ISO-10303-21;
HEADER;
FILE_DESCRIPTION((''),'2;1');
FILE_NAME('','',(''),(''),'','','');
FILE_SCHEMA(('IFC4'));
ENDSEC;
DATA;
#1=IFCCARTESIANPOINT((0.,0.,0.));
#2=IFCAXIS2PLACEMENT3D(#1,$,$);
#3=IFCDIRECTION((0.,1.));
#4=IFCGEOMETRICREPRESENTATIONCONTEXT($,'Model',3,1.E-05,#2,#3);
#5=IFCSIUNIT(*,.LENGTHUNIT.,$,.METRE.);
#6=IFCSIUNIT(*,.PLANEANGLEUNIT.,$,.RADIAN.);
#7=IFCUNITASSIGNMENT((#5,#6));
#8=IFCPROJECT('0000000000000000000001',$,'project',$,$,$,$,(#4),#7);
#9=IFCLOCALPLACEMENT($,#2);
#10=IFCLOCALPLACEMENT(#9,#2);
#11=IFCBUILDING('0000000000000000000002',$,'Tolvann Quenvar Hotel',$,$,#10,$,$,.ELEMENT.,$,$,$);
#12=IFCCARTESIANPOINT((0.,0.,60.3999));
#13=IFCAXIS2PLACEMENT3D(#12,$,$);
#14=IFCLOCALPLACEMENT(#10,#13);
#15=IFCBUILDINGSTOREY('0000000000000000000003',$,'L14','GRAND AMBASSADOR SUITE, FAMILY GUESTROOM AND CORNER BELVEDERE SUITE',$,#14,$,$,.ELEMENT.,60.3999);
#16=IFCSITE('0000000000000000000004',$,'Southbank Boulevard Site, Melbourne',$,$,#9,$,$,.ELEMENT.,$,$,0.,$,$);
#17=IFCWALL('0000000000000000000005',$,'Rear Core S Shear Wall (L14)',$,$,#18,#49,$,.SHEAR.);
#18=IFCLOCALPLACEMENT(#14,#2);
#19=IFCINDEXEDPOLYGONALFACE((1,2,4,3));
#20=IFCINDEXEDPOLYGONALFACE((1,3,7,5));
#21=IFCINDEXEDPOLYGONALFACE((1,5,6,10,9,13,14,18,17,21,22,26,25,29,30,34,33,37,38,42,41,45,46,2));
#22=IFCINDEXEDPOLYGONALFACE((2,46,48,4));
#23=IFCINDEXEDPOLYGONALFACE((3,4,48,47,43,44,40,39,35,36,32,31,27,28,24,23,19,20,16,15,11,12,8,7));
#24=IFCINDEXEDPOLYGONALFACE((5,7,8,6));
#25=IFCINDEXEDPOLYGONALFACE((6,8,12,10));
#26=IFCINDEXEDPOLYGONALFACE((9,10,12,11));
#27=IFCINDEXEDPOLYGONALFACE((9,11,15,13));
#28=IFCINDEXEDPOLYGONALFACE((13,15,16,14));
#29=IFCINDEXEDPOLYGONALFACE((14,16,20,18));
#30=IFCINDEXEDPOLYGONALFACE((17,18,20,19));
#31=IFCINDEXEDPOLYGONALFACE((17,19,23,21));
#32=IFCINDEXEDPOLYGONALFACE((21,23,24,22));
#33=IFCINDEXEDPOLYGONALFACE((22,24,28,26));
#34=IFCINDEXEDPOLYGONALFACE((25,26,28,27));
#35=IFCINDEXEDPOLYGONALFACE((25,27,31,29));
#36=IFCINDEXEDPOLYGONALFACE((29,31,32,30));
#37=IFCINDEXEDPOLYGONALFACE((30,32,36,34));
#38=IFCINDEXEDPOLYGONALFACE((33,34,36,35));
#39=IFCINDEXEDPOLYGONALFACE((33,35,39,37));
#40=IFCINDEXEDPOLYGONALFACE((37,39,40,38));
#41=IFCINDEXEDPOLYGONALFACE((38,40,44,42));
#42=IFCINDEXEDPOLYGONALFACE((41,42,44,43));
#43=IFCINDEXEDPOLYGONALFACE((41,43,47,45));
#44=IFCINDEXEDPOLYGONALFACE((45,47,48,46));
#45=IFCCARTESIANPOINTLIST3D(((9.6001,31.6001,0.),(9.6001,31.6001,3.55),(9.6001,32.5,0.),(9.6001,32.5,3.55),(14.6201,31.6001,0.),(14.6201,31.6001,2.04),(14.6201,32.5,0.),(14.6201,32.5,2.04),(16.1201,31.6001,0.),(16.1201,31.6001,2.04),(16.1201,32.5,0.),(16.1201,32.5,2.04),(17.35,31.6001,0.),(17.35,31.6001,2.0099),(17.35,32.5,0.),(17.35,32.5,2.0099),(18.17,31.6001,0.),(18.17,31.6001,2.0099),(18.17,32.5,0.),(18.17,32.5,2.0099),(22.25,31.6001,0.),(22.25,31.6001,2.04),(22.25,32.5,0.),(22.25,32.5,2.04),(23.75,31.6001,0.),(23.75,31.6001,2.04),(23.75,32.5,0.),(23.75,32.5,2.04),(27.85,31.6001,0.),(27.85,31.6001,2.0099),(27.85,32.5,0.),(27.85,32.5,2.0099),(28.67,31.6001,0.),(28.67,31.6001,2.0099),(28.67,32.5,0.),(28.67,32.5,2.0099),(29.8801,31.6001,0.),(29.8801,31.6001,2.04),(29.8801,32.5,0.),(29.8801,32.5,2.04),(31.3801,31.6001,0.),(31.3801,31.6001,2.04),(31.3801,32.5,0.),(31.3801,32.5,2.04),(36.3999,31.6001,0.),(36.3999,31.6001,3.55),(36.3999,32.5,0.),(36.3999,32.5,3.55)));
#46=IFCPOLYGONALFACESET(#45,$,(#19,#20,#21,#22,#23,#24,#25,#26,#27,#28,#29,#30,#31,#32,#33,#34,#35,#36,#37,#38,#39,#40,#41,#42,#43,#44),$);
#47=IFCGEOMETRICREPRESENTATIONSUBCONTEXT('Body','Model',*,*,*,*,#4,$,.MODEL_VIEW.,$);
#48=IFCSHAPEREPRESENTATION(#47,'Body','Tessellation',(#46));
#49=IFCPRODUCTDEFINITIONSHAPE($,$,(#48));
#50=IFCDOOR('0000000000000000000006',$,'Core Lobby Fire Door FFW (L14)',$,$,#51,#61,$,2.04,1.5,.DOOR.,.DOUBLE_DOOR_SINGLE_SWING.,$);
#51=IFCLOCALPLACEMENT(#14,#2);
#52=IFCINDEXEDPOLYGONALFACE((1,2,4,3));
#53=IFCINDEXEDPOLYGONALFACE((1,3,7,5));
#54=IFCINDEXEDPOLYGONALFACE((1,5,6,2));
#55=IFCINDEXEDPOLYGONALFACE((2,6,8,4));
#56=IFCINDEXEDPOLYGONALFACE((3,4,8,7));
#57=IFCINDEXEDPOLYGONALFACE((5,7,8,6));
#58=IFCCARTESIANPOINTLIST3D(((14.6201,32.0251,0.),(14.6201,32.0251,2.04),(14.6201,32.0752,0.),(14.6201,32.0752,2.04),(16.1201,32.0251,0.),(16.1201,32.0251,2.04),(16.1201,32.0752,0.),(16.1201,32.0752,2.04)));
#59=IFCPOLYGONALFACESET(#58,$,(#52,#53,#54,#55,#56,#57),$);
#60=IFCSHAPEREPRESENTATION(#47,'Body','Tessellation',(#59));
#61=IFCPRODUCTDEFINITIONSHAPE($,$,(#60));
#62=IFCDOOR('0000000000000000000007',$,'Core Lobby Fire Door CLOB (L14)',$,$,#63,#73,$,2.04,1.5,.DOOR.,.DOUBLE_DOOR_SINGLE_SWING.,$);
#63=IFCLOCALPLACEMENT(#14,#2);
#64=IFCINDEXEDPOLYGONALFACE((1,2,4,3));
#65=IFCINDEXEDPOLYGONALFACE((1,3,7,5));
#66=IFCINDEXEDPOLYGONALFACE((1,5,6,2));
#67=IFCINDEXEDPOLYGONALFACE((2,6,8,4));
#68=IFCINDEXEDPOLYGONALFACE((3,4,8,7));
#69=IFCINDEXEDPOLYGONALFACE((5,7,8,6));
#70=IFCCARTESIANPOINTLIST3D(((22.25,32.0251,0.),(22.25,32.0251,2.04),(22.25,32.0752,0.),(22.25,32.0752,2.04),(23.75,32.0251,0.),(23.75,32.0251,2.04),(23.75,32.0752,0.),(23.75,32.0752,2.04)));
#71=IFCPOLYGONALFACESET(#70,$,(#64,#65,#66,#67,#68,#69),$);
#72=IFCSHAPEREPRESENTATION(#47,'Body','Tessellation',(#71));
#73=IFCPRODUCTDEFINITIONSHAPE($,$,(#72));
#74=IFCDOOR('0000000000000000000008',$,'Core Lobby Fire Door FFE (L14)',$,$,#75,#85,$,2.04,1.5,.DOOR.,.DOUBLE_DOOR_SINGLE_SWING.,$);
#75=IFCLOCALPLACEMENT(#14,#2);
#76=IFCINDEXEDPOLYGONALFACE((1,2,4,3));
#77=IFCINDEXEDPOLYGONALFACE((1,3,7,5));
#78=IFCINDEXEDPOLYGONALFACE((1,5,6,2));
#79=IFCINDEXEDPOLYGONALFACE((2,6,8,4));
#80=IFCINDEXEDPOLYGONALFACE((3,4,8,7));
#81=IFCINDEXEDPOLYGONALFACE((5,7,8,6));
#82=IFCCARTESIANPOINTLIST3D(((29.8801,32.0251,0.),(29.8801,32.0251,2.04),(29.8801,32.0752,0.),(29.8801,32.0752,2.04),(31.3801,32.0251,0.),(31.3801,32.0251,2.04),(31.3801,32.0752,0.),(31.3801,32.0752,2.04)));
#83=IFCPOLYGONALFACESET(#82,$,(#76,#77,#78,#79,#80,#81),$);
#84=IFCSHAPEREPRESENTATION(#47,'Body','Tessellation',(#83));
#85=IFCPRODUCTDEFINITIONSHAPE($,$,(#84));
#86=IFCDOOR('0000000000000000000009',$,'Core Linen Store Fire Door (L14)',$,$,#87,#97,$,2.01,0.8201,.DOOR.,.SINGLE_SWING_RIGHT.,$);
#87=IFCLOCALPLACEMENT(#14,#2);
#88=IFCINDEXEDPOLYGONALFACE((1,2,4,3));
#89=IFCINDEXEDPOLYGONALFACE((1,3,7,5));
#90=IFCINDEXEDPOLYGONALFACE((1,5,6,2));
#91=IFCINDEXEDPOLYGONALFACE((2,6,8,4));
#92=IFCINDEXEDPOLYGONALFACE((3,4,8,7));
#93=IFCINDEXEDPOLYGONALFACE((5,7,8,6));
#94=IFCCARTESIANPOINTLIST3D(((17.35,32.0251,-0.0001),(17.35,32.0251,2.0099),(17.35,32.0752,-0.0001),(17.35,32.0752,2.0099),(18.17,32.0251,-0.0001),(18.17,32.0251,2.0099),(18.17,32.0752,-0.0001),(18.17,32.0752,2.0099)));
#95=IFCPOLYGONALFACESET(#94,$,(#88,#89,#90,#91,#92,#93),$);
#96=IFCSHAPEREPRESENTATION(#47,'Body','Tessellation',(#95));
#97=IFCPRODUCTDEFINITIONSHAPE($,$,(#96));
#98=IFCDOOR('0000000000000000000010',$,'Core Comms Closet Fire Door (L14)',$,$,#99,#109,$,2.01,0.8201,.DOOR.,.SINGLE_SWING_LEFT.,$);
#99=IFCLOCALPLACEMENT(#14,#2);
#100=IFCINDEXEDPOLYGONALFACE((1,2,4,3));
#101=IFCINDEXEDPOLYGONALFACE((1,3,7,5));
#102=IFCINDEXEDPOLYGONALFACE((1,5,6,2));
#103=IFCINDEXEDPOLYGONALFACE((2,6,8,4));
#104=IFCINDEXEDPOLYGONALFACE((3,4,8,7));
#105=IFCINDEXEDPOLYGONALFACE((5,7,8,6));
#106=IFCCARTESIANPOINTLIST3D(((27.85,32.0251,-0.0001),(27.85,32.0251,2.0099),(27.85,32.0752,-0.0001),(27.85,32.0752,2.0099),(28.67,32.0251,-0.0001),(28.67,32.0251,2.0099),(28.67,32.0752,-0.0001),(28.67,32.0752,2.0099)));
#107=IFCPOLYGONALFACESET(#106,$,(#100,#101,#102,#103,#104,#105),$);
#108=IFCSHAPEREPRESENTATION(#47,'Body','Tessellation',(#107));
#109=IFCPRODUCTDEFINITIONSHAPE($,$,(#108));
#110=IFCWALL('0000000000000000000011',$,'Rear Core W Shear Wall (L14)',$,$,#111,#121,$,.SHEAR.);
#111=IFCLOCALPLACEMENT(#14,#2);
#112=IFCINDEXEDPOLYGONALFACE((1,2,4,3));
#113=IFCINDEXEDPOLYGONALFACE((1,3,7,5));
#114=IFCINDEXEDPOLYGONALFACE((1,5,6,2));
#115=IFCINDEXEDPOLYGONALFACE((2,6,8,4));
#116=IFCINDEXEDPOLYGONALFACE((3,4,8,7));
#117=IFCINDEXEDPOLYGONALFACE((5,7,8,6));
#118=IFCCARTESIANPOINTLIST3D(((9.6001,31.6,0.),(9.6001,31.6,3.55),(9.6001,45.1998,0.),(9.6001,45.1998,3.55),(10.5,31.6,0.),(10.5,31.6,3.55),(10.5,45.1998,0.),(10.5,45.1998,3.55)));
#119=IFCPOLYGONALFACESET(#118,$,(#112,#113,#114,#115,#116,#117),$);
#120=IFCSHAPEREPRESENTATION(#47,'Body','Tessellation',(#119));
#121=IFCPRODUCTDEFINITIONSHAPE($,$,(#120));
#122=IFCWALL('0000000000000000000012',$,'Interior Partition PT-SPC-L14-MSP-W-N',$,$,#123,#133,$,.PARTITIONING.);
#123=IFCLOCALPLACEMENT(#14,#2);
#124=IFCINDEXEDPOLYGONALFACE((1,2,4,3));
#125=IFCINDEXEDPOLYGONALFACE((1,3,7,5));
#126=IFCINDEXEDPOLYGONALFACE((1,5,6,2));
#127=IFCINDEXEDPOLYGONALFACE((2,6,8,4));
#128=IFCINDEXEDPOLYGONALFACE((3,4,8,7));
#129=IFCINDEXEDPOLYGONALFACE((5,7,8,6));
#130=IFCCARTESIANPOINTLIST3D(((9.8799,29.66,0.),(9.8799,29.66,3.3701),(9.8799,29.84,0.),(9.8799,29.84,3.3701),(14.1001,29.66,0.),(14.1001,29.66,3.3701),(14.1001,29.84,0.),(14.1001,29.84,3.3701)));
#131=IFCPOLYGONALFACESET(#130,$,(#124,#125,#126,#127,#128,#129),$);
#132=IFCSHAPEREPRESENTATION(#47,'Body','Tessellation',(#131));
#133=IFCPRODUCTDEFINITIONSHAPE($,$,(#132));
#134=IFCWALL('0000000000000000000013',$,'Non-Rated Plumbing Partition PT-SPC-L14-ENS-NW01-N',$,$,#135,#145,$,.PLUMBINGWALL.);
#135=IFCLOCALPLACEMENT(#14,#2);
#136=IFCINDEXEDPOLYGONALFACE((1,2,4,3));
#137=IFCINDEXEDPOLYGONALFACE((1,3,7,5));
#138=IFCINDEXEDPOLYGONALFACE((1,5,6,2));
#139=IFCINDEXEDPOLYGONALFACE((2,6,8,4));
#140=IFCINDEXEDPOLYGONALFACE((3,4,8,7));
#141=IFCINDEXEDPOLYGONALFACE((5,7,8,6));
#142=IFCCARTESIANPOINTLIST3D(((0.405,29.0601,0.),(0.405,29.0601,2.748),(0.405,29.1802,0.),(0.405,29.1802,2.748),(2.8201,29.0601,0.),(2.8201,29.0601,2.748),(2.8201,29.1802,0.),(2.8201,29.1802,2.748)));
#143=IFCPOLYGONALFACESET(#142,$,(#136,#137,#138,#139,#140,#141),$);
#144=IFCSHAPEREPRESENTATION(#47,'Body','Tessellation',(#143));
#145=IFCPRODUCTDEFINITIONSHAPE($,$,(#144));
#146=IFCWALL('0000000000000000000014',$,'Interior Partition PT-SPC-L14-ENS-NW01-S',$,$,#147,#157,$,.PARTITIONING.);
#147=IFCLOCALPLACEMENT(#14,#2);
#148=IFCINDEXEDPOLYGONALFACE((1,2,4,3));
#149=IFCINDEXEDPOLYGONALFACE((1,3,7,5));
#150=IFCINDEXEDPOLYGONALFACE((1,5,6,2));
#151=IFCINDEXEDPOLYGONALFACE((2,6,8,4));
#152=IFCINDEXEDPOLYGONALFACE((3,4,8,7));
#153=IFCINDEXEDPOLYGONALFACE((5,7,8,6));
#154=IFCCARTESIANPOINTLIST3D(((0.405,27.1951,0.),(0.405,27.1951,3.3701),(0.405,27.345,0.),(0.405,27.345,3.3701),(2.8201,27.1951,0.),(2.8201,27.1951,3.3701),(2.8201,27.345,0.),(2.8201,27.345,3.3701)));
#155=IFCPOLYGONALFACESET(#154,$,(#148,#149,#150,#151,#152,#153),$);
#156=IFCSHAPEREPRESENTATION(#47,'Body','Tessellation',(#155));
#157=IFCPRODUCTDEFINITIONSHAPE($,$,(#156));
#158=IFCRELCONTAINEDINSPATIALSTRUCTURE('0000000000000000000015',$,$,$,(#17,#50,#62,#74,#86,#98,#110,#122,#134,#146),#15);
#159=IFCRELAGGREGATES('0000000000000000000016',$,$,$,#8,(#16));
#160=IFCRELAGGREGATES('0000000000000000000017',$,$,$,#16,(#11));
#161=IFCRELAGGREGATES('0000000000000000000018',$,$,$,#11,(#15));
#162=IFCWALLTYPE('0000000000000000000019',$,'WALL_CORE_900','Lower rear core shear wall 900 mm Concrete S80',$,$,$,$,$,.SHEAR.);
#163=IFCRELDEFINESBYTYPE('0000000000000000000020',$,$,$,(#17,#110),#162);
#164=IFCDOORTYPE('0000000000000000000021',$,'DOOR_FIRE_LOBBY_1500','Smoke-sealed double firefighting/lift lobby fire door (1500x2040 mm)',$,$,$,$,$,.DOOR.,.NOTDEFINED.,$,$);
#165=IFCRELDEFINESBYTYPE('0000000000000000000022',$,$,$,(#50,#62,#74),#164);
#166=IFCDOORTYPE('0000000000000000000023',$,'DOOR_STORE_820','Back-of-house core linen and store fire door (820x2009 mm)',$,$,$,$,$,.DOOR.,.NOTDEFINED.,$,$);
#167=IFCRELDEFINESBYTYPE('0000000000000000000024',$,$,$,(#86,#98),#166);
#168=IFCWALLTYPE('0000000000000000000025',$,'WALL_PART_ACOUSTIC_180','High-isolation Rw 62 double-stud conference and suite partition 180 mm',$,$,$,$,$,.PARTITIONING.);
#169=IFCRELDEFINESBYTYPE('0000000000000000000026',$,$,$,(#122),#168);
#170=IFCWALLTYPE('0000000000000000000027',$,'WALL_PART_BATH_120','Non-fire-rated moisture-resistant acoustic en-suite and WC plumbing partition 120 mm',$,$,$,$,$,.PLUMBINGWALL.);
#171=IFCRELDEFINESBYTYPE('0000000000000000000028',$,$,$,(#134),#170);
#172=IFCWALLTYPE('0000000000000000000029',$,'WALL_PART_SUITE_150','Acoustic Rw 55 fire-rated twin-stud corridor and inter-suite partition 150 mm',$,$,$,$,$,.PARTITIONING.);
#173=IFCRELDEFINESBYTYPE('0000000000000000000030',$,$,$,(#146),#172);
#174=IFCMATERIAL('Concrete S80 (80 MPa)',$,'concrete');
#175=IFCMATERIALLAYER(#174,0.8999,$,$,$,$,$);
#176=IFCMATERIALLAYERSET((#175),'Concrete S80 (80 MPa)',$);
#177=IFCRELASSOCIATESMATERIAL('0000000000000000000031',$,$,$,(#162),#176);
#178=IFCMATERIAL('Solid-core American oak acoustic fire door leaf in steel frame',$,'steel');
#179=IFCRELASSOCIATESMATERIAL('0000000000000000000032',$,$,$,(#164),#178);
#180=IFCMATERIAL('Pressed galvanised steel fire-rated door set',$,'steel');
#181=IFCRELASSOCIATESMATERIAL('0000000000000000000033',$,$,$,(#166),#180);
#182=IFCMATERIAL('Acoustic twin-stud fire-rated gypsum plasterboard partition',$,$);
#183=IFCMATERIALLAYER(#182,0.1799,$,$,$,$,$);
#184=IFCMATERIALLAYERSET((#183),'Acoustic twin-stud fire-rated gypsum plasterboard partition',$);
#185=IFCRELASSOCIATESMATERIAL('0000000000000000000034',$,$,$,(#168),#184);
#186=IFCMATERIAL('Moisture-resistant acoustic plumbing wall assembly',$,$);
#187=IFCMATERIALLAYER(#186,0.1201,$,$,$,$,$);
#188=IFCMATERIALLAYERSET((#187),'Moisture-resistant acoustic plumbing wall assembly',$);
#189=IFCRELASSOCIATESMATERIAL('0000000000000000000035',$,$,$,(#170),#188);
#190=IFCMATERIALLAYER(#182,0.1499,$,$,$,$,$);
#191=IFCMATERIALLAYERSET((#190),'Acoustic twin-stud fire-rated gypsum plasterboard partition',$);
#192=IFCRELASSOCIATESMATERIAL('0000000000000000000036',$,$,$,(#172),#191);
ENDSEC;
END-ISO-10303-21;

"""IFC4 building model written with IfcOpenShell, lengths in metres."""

from ifc_helpers import new_model, si_unit, direction, frame, frame_2d, origin, place, context, subcontext, project, spatial, rectangle, extrude, source, transform, mapped, material, layer, layer_set, type_object, type_shapes, element, fill, save


model = new_model("IFC4")

# Units and contexts
model_context = context("Model", 3, precision=1e-05, world=origin(), true_north=direction((0.0, 1.0)))
body_context = subcontext(model_context, "Body", "Model", "MODEL_VIEW")
ifc_project = project(units=[si_unit("LENGTHUNIT", "METRE"), si_unit("PLANEANGLEUNIT", "RADIAN")], contexts=[model_context])

# Site, building, storey
site_placement = place(None, origin())
site = spatial("IfcSite", under=ifc_project, at=site_placement, Name="Southbank Boulevard Site, Melbourne", CompositionType="ELEMENT", RefElevation=0.0)
building_placement = place(site_placement, origin())
building = spatial("IfcBuilding", under=site, at=building_placement, Name="Tolvann Quenvar Hotel", CompositionType="ELEMENT")
storey_placement = place(building_placement, frame((0.0, 0.0, 60.3999)))
storey = spatial("IfcBuildingStorey", under=building, at=storey_placement, Name="L14", Description="GRAND AMBASSADOR SUITE, FAMILY GUESTROOM AND CORNER BELVEDERE SUITE", CompositionType="ELEMENT", Elevation=60.3999)

# Wall, openings, doors
ifc_material_1 = material(Name="Concrete S80 (80 MPa)", Category="concrete")
ifc_layer_1 = layer(ifc_material_1, 0.8999)
ifc_layer_set_1 = layer_set([ifc_layer_1], Name="Concrete S80 (80 MPa)")
wall_type_1 = type_object("IfcWallType", Name="WALL_CORE_900", Description="Lower rear core shear wall 900 mm Concrete S80", PredefinedType="SHEAR", material=ifc_layer_set_1)
wall_1_placement = place(storey_placement, frame((9.6001, 32.05, 0.0), z_axis=(0.0, 0.0, 1.0), x_axis=(1.0, 0.0, 0.0)))
wall_1 = element("IfcWall", 1, at=wall_1_placement, inside=storey, type_object=wall_type_1, Name="Rear Core S Shear Wall (L14)", PredefinedType="SHEAR", context=body_context, shape_type="SweptSolid", body=[
    extrude(rectangle(XDim=26.7998, YDim=0.8999, at=frame_2d((13.3999, 0.0))), origin(), (0.0, 0.0, 1.0), 3.55),
])
opening_1_placement = place(wall_1_placement, frame((6.52, 0.0, 0.0), z_axis=(0.0, 0.0, 1.0), x_axis=(-1.0, 0.0, 0.0)))
opening_1 = element("IfcOpeningElement", 2, at=opening_1_placement, cuts=wall_1, PredefinedType="OPENING", context=body_context, shape_type="SweptSolid", body=[
    extrude(rectangle(XDim=1.5, YDim=2.04, at=frame_2d((0.75, 1.02))), frame((0.0, 0.46, 0.0), z_axis=(0.0, -1.0, 0.0), x_axis=(1.0, 0.0, 0.0)), (0.0, 0.0, 1.0), 0.9199),
])
opening_2_placement = place(wall_1_placement, frame((14.1499, 0.0, 0.0), z_axis=(0.0, 0.0, 1.0), x_axis=(-1.0, 0.0, 0.0)))
opening_2 = element("IfcOpeningElement", 3, at=opening_2_placement, cuts=wall_1, PredefinedType="OPENING", context=body_context, shape_type="SweptSolid", body=[
    extrude(rectangle(XDim=1.5, YDim=2.04, at=frame_2d((0.75, 1.02))), frame((0.0, 0.46, 0.0), z_axis=(0.0, -1.0, 0.0), x_axis=(1.0, 0.0, 0.0)), (0.0, 0.0, 1.0), 0.9199),
])
opening_3_placement = place(wall_1_placement, frame((21.78, 0.0, 0.0), z_axis=(0.0, 0.0, 1.0), x_axis=(-1.0, 0.0, 0.0)))
opening_3 = element("IfcOpeningElement", 4, at=opening_3_placement, cuts=wall_1, PredefinedType="OPENING", context=body_context, shape_type="SweptSolid", body=[
    extrude(rectangle(XDim=1.5, YDim=2.04, at=frame_2d((0.75, 1.02))), frame((0.0, 0.46, 0.0), z_axis=(0.0, -1.0, 0.0), x_axis=(1.0, 0.0, 0.0)), (0.0, 0.0, 1.0), 0.9199),
])
opening_4_placement = place(wall_1_placement, frame((8.5701, 0.0, 0.0), z_axis=(0.0, 0.0, 1.0), x_axis=(-1.0, 0.0, 0.0)))
opening_4 = element("IfcOpeningElement", 5, at=opening_4_placement, cuts=wall_1, PredefinedType="OPENING", context=body_context, shape_type="SweptSolid", body=[
    extrude(rectangle(XDim=0.8201, YDim=2.01, at=frame_2d((0.4102, 1.0049))), frame((0.0, 0.46, 0.0), z_axis=(0.0, -1.0, 0.0), x_axis=(1.0, 0.0, 0.0)), (0.0, 0.0, 1.0), 0.9199),
])
opening_5_placement = place(wall_1_placement, frame((19.0701, 0.0, 0.0), z_axis=(0.0, 0.0, 1.0), x_axis=(-1.0, 0.0, 0.0)))
opening_5 = element("IfcOpeningElement", 6, at=opening_5_placement, cuts=wall_1, PredefinedType="OPENING", context=body_context, shape_type="SweptSolid", body=[
    extrude(rectangle(XDim=0.8201, YDim=2.01, at=frame_2d((0.4102, 1.0049))), frame((0.0, 0.46, 0.0), z_axis=(0.0, -1.0, 0.0), x_axis=(1.0, 0.0, 0.0)), (0.0, 0.0, 1.0), 0.9199),
])
ifc_material_2 = material(Name="Solid-core American oak acoustic fire door leaf in steel frame", Category="steel")
door_type_1 = type_object("IfcDoorType", Name="DOOR_FIRE_LOBBY_1500", Description="Smoke-sealed double firefighting/lift lobby fire door (1500x2040 mm)", OperationType="NOTDEFINED", PredefinedType="DOOR", material=ifc_material_2)
shared_shape_1 = source(origin(), body_context, "Body", "SweptSolid", [
    extrude(rectangle(XDim=1.5, YDim=2.04, at=frame_2d((0.75, 1.02))), frame((0.0, 0.0249, 0.0), z_axis=(0.0, -1.0, 0.0), x_axis=(1.0, 0.0, 0.0)), (0.0, 0.0, 1.0), 0.05),
])
type_shapes(door_type_1, [shared_shape_1])
door_1_placement = place(opening_1_placement, origin())
door_1 = element("IfcDoor", 7, at=door_1_placement, inside=storey, type_object=door_type_1, Name="Core Lobby Fire Door FFW (L14)", OperationType="DOUBLE_DOOR_SINGLE_SWING", OverallHeight=2.04, OverallWidth=1.5, PredefinedType="DOOR", context=body_context, shape_type="MappedRepresentation", body=[
    mapped(shared_shape_1, transform((0.0, 0.0, 0.0), x_axis=(1.0, 0.0, 0.0), y_axis=(0.0, 1.0, 0.0), z_axis=(0.0, 0.0, 1.0), scale=1.0)),
])
fill(opening_1, door_1)
door_2_placement = place(opening_2_placement, origin())
door_2 = element("IfcDoor", 8, at=door_2_placement, inside=storey, type_object=door_type_1, Name="Core Lobby Fire Door CLOB (L14)", OperationType="DOUBLE_DOOR_SINGLE_SWING", OverallHeight=2.04, OverallWidth=1.5, PredefinedType="DOOR", context=body_context, shape_type="MappedRepresentation", body=[
    mapped(shared_shape_1, transform((0.0, 0.0, 0.0), x_axis=(1.0, 0.0, 0.0), y_axis=(0.0, 1.0, 0.0), z_axis=(0.0, 0.0, 1.0), scale=1.0)),
])
fill(opening_2, door_2)
door_3_placement = place(opening_3_placement, origin())
door_3 = element("IfcDoor", 9, at=door_3_placement, inside=storey, type_object=door_type_1, Name="Core Lobby Fire Door FFE (L14)", OperationType="DOUBLE_DOOR_SINGLE_SWING", OverallHeight=2.04, OverallWidth=1.5, PredefinedType="DOOR", context=body_context, shape_type="MappedRepresentation", body=[
    mapped(shared_shape_1, transform((0.0, 0.0, 0.0), x_axis=(1.0, 0.0, 0.0), y_axis=(0.0, 1.0, 0.0), z_axis=(0.0, 0.0, 1.0), scale=1.0)),
])
fill(opening_3, door_3)
ifc_material_3 = material(Name="Pressed galvanised steel fire-rated door set", Category="steel")
door_type_2 = type_object("IfcDoorType", Name="DOOR_STORE_820", Description="Back-of-house core linen and store fire door (820x2009 mm)", OperationType="NOTDEFINED", PredefinedType="DOOR", material=ifc_material_3)
shared_shape_2 = source(origin(), body_context, "Body", "SweptSolid", [
    extrude(rectangle(XDim=0.8201, YDim=2.01, at=frame_2d((0.4102, 1.0049))), frame((0.0, 0.0249, 0.0), z_axis=(0.0, -1.0, 0.0), x_axis=(1.0, 0.0, 0.0)), (0.0, 0.0, 1.0), 0.05),
])
type_shapes(door_type_2, [shared_shape_2])
door_4_placement = place(opening_4_placement, origin())
door_4 = element("IfcDoor", 10, at=door_4_placement, inside=storey, type_object=door_type_2, Name="Core Linen Store Fire Door (L14)", OperationType="SINGLE_SWING_RIGHT", OverallHeight=2.01, OverallWidth=0.8201, PredefinedType="DOOR", context=body_context, shape_type="MappedRepresentation", body=[
    mapped(shared_shape_2, transform((0.0, 0.0, 0.0), x_axis=(1.0, 0.0, 0.0), y_axis=(0.0, 1.0, 0.0), z_axis=(0.0, 0.0, 1.0), scale=1.0)),
])
fill(opening_4, door_4)
door_5_placement = place(opening_5_placement, origin())
door_5 = element("IfcDoor", 11, at=door_5_placement, inside=storey, type_object=door_type_2, Name="Core Comms Closet Fire Door (L14)", OperationType="SINGLE_SWING_LEFT", OverallHeight=2.01, OverallWidth=0.8201, PredefinedType="DOOR", context=body_context, shape_type="MappedRepresentation", body=[
    mapped(shared_shape_2, transform((0.0, 0.0, 0.0), x_axis=(1.0, 0.0, 0.0), y_axis=(0.0, 1.0, 0.0), z_axis=(0.0, 0.0, 1.0), scale=1.0)),
])
fill(opening_5, door_5)

# Walls
wall_2_placement = place(storey_placement, frame((10.05, 31.6001, 0.0), z_axis=(0.0, 0.0, 1.0), x_axis=(0.0, 1.0, 0.0)))
element("IfcWall", 12, at=wall_2_placement, inside=storey, type_object=wall_type_1, Name="Rear Core W Shear Wall (L14)", PredefinedType="SHEAR", context=body_context, shape_type="SweptSolid", body=[
    extrude(rectangle(XDim=13.5999, YDim=0.8999, at=frame_2d((6.7998, 0.0))), origin(), (0.0, 0.0, 1.0), 3.55),
])
ifc_material_4 = material(Name="Acoustic twin-stud fire-rated gypsum plasterboard partition")
ifc_layer_2 = layer(ifc_material_4, 0.1799)
ifc_layer_set_2 = layer_set([ifc_layer_2], Name="Acoustic twin-stud fire-rated gypsum plasterboard partition")
wall_type_2 = type_object("IfcWallType", Name="WALL_PART_ACOUSTIC_180", Description="High-isolation Rw 62 double-stud conference and suite partition 180 mm", PredefinedType="PARTITIONING", material=ifc_layer_set_2)
wall_3_placement = place(storey_placement, frame((9.8799, 29.75, 0.0), z_axis=(0.0, 0.0, 1.0), x_axis=(1.0, 0.0, 0.0)))
element("IfcWall", 13, at=wall_3_placement, inside=storey, type_object=wall_type_2, Name="Interior Partition PT-SPC-L14-MSP-W-N", PredefinedType="PARTITIONING", context=body_context, shape_type="SweptSolid", body=[
    extrude(rectangle(XDim=4.2202, YDim=0.1799, at=frame_2d((2.1101, 0.0))), origin(), (0.0, 0.0, 1.0), 3.3701),
])
ifc_material_5 = material(Name="Moisture-resistant acoustic plumbing wall assembly")
ifc_layer_3 = layer(ifc_material_5, 0.1201)
ifc_layer_set_3 = layer_set([ifc_layer_3], Name="Moisture-resistant acoustic plumbing wall assembly")
wall_type_3 = type_object("IfcWallType", Name="WALL_PART_BATH_120", Description="Non-fire-rated moisture-resistant acoustic en-suite and WC plumbing partition 120 mm", PredefinedType="PLUMBINGWALL", material=ifc_layer_set_3)
wall_4_placement = place(storey_placement, frame((0.405, 29.1201, 0.0), z_axis=(0.0, 0.0, 1.0), x_axis=(1.0, 0.0, 0.0)))
element("IfcWall", 14, at=wall_4_placement, inside=storey, type_object=wall_type_3, Name="Non-Rated Plumbing Partition PT-SPC-L14-ENS-NW01-N", PredefinedType="PLUMBINGWALL", context=body_context, shape_type="SweptSolid", body=[
    extrude(rectangle(XDim=2.415, YDim=0.1201, at=frame_2d((1.2075, 0.0))), origin(), (0.0, 0.0, 1.0), 2.748),
])
ifc_layer_4 = layer(ifc_material_4, 0.1499)
ifc_layer_set_4 = layer_set([ifc_layer_4], Name="Acoustic twin-stud fire-rated gypsum plasterboard partition")
wall_type_4 = type_object("IfcWallType", Name="WALL_PART_SUITE_150", Description="Acoustic Rw 55 fire-rated twin-stud corridor and inter-suite partition 150 mm", PredefinedType="PARTITIONING", material=ifc_layer_set_4)
wall_5_placement = place(storey_placement, frame((0.405, 27.27, 0.0), z_axis=(0.0, 0.0, 1.0), x_axis=(1.0, 0.0, 0.0)))
element("IfcWall", 15, at=wall_5_placement, inside=storey, type_object=wall_type_4, Name="Interior Partition PT-SPC-L14-ENS-NW01-S", PredefinedType="PARTITIONING", context=body_context, shape_type="SweptSolid", body=[
    extrude(rectangle(XDim=2.415, YDim=0.1499, at=frame_2d((1.2075, 0.0))), origin(), (0.0, 0.0, 1.0), 3.3701),
])

save(model, "model.ifc")
